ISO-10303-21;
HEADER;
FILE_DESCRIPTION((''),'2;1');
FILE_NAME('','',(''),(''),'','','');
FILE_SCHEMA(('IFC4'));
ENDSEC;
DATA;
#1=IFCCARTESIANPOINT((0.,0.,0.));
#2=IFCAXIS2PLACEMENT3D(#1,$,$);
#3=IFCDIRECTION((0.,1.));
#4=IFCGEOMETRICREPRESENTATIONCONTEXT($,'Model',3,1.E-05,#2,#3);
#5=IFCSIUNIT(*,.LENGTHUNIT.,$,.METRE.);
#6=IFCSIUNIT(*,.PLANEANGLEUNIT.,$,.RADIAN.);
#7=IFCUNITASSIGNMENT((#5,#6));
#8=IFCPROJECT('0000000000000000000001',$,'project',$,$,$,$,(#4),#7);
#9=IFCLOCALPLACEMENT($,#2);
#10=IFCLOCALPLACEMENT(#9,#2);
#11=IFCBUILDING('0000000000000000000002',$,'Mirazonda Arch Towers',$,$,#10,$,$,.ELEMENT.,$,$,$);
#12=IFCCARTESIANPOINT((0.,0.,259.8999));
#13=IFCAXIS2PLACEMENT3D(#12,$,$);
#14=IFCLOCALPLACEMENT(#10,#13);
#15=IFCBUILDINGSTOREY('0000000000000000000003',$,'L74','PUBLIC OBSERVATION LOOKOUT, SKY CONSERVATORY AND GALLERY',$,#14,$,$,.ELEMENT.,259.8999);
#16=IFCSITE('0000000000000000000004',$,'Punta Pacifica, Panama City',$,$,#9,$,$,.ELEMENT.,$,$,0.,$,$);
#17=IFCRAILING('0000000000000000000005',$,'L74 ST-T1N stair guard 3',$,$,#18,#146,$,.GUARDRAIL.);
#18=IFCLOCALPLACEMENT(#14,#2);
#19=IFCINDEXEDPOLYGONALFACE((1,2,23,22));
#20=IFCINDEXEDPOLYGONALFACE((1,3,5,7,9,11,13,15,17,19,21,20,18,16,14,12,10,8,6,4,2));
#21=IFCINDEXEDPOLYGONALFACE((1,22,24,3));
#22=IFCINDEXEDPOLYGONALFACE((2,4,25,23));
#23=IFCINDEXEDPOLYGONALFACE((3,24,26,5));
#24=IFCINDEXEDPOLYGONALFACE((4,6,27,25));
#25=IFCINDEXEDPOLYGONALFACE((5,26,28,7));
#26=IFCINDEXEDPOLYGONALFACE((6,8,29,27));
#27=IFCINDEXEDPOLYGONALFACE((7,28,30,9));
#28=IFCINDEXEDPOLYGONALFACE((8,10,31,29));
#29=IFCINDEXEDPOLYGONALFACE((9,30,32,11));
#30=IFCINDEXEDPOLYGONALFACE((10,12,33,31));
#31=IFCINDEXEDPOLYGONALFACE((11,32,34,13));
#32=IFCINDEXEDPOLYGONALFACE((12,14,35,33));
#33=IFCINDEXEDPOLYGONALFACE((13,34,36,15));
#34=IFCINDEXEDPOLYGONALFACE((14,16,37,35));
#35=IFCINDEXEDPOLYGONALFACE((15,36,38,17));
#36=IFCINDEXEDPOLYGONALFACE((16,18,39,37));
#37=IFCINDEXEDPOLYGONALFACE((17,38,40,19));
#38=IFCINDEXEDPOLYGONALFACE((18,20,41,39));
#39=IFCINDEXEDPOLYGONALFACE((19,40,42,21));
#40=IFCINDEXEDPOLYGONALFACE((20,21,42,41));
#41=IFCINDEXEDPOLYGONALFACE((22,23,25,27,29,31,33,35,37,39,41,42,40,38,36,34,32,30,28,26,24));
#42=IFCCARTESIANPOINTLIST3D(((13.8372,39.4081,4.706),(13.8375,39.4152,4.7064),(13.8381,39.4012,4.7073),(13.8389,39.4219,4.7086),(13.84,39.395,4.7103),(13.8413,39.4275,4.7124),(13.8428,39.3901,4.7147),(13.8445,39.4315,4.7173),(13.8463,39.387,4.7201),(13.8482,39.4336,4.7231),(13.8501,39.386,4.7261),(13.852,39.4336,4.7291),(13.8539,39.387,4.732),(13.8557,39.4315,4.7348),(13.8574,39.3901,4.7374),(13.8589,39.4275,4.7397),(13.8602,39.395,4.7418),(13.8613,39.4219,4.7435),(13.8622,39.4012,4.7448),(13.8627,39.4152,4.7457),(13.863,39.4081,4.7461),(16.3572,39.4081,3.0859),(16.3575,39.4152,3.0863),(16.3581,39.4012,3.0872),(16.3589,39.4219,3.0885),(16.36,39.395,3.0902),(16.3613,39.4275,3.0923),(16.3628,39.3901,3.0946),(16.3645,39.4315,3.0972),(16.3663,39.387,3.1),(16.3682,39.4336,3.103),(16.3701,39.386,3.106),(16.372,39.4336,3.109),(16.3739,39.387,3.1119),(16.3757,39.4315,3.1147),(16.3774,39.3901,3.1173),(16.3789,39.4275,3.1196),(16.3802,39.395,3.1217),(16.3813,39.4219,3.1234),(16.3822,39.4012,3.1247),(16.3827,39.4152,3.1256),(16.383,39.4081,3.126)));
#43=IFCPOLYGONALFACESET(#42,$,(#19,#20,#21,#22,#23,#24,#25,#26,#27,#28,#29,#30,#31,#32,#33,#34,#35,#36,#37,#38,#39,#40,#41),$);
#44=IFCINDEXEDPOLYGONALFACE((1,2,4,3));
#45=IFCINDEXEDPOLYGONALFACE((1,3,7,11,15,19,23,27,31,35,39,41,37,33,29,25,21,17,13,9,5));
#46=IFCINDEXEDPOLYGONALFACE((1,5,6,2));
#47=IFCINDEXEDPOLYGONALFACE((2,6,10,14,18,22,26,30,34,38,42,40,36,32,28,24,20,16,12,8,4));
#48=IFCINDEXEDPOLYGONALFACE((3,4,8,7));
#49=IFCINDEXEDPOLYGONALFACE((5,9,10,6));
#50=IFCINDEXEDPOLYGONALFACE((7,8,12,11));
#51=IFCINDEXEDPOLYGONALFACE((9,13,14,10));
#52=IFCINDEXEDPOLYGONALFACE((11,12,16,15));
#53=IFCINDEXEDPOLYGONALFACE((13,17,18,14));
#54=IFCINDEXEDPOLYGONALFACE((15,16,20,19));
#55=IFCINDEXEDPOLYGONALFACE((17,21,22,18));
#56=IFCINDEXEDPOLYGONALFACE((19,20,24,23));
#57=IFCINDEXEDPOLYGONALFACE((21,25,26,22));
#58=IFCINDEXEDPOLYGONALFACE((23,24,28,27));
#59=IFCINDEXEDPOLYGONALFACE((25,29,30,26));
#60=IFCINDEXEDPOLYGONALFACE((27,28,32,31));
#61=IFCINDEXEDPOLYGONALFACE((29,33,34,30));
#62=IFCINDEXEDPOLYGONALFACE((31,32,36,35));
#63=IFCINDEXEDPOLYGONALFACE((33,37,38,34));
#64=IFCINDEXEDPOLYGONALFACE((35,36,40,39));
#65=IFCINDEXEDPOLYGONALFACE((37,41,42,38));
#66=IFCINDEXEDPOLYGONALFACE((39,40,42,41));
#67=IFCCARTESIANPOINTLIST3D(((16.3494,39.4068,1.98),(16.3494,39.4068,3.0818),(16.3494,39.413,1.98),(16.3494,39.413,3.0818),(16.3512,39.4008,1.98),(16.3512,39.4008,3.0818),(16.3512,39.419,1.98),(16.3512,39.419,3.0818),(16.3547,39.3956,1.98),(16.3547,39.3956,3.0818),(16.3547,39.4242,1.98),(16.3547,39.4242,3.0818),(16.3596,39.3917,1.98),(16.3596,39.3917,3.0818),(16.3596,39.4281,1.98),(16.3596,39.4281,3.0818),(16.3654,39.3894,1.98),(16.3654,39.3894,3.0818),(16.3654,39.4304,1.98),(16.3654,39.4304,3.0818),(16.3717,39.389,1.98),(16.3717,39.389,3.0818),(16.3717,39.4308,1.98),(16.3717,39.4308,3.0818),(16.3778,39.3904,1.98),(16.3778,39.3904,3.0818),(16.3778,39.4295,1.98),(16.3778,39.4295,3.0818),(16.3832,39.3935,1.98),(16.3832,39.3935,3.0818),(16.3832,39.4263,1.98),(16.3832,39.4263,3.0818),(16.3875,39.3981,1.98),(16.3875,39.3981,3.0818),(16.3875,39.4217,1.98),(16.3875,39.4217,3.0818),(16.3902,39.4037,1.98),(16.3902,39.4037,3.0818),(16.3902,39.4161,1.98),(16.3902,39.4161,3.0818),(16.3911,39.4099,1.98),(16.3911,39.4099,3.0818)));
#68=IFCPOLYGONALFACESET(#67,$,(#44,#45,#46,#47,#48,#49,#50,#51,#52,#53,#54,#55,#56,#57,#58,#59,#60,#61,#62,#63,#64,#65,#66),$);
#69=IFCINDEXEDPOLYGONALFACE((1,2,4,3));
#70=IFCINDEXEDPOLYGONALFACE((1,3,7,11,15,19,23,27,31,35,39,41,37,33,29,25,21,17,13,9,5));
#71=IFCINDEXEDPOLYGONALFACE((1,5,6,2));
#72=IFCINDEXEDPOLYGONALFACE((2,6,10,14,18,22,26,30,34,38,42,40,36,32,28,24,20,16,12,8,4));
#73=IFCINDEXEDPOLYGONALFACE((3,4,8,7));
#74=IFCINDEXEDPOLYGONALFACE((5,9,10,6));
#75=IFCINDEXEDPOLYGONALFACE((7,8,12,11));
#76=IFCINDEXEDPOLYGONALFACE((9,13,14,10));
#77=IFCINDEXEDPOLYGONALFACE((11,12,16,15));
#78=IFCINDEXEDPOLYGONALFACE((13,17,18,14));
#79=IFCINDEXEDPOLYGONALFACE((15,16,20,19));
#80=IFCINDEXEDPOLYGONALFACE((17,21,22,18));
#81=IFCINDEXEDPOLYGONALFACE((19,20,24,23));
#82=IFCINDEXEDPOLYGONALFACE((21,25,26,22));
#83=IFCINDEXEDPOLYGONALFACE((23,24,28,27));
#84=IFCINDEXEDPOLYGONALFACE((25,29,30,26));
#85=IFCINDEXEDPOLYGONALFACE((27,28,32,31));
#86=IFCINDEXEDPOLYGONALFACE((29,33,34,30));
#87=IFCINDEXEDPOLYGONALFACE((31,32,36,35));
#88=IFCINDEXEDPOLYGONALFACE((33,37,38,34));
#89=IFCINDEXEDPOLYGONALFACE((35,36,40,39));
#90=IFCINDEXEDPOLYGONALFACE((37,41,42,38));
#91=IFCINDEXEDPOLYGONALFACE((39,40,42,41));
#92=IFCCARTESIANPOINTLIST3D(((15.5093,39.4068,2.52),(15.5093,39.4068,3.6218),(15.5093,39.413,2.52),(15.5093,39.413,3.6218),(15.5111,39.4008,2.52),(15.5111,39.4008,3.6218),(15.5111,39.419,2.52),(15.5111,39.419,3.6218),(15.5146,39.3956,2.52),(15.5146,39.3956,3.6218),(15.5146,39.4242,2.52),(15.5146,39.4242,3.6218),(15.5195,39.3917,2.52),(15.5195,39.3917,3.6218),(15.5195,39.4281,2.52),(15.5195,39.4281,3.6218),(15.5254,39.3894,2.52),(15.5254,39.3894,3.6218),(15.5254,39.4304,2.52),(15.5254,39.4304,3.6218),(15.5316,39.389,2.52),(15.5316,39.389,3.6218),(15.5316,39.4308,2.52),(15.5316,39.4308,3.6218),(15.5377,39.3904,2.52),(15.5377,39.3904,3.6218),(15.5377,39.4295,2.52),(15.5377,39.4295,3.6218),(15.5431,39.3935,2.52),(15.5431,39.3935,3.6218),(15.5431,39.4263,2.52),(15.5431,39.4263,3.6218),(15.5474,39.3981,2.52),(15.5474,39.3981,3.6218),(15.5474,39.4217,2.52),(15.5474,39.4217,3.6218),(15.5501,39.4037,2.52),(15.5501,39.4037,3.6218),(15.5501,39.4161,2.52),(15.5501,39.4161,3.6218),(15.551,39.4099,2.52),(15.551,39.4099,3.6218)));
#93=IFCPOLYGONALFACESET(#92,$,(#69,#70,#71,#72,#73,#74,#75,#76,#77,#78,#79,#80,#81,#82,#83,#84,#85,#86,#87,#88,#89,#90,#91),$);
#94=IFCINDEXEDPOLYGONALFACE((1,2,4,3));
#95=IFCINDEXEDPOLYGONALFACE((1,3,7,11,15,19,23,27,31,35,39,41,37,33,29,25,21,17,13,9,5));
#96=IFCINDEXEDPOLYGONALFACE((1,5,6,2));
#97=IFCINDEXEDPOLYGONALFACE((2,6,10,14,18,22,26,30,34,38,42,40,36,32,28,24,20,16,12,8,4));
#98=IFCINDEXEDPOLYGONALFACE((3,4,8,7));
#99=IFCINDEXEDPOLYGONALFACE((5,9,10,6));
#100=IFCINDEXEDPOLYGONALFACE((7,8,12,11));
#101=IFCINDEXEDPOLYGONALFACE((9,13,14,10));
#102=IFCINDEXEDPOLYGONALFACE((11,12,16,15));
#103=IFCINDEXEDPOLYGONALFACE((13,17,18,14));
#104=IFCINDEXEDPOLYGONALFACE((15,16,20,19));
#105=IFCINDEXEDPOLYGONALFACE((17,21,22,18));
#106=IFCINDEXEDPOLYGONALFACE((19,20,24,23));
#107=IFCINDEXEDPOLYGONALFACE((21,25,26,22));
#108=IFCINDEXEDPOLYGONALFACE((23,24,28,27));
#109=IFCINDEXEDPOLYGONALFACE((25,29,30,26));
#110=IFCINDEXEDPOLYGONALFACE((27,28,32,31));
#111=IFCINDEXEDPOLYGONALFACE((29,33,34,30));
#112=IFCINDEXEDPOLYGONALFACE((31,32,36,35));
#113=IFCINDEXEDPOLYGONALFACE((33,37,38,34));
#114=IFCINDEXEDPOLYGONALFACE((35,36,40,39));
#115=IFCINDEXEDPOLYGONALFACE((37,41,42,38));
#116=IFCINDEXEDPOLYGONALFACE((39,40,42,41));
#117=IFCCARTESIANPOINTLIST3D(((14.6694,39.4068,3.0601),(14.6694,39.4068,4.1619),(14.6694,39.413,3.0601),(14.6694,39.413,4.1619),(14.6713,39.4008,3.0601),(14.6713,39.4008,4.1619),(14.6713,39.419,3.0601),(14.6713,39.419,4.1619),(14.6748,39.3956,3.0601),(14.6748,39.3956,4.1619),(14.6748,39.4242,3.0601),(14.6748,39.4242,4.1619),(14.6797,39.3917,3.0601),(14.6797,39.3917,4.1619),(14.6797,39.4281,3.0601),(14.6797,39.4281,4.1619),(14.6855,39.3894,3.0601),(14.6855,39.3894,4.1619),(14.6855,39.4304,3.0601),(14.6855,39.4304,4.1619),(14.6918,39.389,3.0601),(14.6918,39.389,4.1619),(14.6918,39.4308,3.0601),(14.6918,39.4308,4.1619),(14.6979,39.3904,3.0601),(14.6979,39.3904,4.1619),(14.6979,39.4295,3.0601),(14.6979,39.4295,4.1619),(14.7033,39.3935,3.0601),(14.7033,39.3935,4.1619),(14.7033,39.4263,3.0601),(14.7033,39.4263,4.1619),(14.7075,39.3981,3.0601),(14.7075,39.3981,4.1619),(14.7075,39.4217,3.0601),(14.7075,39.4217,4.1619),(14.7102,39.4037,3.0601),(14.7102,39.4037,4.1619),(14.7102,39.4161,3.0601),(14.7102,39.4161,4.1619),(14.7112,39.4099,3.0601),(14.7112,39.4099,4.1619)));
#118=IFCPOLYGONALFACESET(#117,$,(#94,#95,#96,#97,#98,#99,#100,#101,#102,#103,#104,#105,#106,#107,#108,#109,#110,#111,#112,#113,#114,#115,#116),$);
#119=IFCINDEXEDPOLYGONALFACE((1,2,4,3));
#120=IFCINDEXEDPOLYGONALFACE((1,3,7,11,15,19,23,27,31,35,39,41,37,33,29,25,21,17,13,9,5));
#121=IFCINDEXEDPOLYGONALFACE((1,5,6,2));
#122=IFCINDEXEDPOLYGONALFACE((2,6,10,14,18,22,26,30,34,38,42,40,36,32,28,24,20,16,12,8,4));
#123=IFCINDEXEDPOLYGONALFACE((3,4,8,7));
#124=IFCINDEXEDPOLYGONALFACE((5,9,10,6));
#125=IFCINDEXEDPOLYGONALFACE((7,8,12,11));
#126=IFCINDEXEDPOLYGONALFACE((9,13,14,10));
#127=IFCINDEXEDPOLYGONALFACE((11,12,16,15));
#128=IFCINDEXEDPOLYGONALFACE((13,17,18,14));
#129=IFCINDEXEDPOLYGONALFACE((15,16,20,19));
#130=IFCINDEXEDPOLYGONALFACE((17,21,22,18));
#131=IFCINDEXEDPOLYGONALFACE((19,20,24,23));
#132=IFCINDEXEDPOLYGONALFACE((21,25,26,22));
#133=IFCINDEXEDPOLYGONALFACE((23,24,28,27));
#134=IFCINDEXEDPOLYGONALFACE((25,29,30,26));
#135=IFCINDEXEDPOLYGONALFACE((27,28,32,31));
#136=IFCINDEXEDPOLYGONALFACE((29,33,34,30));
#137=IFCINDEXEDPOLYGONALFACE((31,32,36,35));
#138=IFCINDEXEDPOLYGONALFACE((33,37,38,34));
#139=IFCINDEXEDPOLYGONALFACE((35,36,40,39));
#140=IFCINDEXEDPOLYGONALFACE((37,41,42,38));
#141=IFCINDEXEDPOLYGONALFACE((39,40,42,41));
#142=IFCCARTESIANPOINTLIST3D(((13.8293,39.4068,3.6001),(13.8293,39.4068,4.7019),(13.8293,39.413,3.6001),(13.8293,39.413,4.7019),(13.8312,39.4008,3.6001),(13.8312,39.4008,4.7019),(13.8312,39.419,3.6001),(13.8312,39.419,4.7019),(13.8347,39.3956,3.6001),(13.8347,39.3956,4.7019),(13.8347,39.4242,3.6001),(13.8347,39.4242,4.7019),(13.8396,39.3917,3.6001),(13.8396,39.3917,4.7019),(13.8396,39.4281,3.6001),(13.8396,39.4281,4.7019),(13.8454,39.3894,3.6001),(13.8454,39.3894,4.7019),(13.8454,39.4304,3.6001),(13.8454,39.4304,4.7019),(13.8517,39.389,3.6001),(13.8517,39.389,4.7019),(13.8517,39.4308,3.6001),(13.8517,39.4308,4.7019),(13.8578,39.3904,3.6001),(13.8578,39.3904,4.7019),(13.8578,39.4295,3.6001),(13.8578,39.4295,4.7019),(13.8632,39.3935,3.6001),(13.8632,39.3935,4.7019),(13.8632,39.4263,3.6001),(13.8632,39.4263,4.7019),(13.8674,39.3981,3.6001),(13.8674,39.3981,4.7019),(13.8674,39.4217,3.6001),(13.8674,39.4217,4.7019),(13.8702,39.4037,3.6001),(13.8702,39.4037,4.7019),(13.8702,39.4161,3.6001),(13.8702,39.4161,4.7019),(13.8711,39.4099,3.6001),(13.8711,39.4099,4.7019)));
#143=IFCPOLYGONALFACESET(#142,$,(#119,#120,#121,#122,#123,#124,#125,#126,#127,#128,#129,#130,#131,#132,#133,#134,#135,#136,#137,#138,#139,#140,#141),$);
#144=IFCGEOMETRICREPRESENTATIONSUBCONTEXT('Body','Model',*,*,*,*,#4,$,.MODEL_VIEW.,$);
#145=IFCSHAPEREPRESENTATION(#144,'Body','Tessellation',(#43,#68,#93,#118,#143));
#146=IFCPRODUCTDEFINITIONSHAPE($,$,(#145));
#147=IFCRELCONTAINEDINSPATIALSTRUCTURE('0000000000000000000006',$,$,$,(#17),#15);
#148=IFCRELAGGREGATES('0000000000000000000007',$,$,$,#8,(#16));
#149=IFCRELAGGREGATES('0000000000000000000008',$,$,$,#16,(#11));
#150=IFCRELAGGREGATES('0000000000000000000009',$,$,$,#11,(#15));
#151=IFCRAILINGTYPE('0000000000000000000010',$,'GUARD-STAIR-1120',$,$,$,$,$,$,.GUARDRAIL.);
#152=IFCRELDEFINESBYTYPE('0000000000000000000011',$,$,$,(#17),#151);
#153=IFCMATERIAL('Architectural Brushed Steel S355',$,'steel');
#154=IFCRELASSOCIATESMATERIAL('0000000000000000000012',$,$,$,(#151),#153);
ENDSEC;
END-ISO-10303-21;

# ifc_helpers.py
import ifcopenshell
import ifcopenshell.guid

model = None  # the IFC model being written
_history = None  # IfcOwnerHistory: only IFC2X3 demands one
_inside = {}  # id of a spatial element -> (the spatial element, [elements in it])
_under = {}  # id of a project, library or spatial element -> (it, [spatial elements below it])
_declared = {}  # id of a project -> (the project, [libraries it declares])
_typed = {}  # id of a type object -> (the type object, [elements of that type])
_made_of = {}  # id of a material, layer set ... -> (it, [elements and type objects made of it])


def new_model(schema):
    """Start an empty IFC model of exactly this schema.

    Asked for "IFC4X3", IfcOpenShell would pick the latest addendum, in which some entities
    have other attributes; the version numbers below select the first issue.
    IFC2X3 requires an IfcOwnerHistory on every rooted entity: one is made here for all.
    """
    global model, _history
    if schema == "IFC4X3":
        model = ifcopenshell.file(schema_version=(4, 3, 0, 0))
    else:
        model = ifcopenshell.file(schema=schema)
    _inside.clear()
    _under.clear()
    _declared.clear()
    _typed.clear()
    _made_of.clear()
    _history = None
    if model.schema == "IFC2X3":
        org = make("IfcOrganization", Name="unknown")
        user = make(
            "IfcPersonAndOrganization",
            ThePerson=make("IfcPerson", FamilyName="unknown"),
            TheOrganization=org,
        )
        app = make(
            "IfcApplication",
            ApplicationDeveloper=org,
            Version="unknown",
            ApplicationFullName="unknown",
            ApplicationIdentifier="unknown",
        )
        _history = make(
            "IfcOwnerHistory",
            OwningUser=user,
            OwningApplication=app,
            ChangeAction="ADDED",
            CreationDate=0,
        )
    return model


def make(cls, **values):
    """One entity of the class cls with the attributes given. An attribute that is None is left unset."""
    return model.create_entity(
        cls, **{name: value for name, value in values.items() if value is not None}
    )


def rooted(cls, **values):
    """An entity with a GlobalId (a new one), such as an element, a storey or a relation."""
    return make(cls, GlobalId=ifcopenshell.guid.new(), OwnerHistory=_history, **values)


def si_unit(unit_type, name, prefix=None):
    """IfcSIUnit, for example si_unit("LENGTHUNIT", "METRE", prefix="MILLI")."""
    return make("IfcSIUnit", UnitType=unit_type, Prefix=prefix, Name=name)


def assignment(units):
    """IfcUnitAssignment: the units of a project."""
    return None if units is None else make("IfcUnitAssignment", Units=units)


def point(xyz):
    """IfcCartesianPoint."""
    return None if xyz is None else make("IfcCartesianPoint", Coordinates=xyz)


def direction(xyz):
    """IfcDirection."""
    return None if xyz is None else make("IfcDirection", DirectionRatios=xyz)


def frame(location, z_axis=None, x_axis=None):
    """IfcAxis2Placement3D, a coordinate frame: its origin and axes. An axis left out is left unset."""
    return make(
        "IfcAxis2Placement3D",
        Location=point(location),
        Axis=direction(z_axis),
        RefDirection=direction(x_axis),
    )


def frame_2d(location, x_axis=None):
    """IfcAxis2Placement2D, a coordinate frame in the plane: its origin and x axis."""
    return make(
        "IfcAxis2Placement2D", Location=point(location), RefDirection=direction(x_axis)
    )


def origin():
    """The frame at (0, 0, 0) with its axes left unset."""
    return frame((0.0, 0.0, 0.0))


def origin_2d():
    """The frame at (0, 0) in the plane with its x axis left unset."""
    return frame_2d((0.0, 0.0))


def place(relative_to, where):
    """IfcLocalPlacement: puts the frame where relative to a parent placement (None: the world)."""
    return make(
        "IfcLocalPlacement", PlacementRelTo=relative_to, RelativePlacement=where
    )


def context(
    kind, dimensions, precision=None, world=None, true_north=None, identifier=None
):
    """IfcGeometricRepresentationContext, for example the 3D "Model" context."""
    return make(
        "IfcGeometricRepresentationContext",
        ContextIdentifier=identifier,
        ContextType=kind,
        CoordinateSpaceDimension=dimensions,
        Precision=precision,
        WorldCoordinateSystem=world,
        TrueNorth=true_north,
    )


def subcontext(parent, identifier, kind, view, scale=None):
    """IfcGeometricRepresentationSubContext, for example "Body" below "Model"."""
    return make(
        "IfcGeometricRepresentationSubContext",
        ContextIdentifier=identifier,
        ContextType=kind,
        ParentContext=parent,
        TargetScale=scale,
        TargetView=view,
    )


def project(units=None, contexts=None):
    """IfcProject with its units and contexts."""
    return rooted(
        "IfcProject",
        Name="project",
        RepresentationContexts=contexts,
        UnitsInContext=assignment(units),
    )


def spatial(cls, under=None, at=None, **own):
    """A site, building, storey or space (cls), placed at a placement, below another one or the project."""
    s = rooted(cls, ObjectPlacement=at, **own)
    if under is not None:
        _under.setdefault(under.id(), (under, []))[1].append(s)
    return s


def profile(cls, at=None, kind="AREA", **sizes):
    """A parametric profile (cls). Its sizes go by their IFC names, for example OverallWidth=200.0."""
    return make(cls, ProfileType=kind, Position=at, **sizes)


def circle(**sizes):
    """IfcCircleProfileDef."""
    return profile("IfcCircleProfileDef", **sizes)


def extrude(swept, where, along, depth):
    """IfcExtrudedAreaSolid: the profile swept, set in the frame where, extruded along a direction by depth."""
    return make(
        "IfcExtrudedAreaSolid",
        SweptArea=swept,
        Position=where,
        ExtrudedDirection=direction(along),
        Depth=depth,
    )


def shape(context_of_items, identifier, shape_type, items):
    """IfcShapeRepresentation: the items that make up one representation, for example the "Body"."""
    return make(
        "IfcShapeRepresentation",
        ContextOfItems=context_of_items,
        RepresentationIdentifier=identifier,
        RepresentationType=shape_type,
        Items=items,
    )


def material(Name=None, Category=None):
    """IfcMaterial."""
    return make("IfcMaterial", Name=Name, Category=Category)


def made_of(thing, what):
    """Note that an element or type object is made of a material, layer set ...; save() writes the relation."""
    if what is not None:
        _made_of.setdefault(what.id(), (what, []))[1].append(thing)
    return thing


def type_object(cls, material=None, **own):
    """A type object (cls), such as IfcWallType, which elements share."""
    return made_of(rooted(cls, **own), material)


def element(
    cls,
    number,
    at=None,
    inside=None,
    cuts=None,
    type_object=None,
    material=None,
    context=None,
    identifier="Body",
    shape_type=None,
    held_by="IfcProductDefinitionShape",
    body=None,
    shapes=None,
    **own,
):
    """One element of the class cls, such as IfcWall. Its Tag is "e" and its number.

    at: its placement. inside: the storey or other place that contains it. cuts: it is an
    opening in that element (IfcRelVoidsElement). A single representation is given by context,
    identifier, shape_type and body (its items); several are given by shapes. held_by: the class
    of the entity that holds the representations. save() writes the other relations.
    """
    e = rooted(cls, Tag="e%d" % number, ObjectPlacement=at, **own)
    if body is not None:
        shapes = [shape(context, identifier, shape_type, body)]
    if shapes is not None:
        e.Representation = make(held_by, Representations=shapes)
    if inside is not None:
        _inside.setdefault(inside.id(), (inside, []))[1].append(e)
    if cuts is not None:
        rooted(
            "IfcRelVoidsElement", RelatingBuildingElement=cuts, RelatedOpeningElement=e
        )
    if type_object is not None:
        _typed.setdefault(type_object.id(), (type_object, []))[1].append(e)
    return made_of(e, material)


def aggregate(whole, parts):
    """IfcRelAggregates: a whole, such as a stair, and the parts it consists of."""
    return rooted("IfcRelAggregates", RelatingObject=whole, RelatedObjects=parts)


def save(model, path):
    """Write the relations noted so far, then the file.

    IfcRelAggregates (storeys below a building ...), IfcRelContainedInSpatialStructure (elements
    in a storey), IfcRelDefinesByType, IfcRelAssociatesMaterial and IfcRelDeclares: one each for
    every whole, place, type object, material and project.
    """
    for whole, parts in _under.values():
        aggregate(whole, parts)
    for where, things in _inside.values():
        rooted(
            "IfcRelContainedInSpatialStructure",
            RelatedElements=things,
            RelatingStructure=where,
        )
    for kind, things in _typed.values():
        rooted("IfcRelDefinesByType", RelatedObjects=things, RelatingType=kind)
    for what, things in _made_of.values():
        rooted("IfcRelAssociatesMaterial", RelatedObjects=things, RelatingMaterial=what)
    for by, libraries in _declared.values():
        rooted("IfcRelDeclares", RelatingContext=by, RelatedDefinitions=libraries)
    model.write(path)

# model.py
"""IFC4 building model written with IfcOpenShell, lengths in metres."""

from ifc_helpers import new_model, si_unit, direction, frame, origin, origin_2d, place, context, subcontext, project, spatial, circle, extrude, material, type_object, element, save


model = new_model("IFC4")

# Units and contexts
model_context = context("Model", 3, precision=1e-05, world=origin(), true_north=direction((0.0, 1.0)))
body_context = subcontext(model_context, "Body", "Model", "MODEL_VIEW")
ifc_project = project(units=[si_unit("LENGTHUNIT", "METRE"), si_unit("PLANEANGLEUNIT", "RADIAN")], contexts=[model_context])

# Site, building, storey
site_placement = place(None, origin())
site = spatial("IfcSite", under=ifc_project, at=site_placement, Name="Punta Pacifica, Panama City", CompositionType="ELEMENT", RefElevation=0.0)
building_placement = place(site_placement, origin())
building = spatial("IfcBuilding", under=site, at=building_placement, Name="Mirazonda Arch Towers", CompositionType="ELEMENT")
storey_placement = place(building_placement, frame((0.0, 0.0, 259.8999)))
storey = spatial("IfcBuildingStorey", under=building, at=storey_placement, Name="L74", Description="PUBLIC OBSERVATION LOOKOUT, SKY CONSERVATORY AND GALLERY", CompositionType="ELEMENT", Elevation=259.8999)

# Shared definitions
ifc_material_1 = material(Name="Architectural Brushed Steel S355", Category="steel")

# Railing
railing_type_1 = type_object("IfcRailingType", Name="GUARD-STAIR-1120", PredefinedType="GUARDRAIL", material=ifc_material_1)
railing_1_placement = place(storey_placement, frame((16.3701, 39.4099, 1.98)))
element("IfcRailing", 1, at=railing_1_placement, inside=storey, type_object=railing_type_1, Name="L74 ST-T1N stair guard 3", PredefinedType="GUARDRAIL", context=body_context, shape_type="SweptSolid", body=[
    extrude(circle(Radius=0.0239, at=origin_2d()), frame((0.0, 0.0, 1.126), z_axis=(-0.841163, 0.0, 0.540782), x_axis=(0.0, -1.0, 0.0)), (0.0, 0.0, 1.0), 2.9958),
    extrude(circle(Radius=0.021, at=origin_2d()), origin(), (0.0, 0.0, 1.0), 1.1018),
    extrude(circle(Radius=0.021, at=origin_2d()), frame((-0.8401, 0.0, 0.54)), (0.0, 0.0, 1.0), 1.1018),
    extrude(circle(Radius=0.021, at=origin_2d()), frame((-1.6799, 0.0, 1.0801)), (0.0, 0.0, 1.0), 1.1018),
    extrude(circle(Radius=0.021, at=origin_2d()), frame((-2.52, 0.0, 1.6201)), (0.0, 0.0, 1.0), 1.1018),
])

save(model, "model.ifc")
